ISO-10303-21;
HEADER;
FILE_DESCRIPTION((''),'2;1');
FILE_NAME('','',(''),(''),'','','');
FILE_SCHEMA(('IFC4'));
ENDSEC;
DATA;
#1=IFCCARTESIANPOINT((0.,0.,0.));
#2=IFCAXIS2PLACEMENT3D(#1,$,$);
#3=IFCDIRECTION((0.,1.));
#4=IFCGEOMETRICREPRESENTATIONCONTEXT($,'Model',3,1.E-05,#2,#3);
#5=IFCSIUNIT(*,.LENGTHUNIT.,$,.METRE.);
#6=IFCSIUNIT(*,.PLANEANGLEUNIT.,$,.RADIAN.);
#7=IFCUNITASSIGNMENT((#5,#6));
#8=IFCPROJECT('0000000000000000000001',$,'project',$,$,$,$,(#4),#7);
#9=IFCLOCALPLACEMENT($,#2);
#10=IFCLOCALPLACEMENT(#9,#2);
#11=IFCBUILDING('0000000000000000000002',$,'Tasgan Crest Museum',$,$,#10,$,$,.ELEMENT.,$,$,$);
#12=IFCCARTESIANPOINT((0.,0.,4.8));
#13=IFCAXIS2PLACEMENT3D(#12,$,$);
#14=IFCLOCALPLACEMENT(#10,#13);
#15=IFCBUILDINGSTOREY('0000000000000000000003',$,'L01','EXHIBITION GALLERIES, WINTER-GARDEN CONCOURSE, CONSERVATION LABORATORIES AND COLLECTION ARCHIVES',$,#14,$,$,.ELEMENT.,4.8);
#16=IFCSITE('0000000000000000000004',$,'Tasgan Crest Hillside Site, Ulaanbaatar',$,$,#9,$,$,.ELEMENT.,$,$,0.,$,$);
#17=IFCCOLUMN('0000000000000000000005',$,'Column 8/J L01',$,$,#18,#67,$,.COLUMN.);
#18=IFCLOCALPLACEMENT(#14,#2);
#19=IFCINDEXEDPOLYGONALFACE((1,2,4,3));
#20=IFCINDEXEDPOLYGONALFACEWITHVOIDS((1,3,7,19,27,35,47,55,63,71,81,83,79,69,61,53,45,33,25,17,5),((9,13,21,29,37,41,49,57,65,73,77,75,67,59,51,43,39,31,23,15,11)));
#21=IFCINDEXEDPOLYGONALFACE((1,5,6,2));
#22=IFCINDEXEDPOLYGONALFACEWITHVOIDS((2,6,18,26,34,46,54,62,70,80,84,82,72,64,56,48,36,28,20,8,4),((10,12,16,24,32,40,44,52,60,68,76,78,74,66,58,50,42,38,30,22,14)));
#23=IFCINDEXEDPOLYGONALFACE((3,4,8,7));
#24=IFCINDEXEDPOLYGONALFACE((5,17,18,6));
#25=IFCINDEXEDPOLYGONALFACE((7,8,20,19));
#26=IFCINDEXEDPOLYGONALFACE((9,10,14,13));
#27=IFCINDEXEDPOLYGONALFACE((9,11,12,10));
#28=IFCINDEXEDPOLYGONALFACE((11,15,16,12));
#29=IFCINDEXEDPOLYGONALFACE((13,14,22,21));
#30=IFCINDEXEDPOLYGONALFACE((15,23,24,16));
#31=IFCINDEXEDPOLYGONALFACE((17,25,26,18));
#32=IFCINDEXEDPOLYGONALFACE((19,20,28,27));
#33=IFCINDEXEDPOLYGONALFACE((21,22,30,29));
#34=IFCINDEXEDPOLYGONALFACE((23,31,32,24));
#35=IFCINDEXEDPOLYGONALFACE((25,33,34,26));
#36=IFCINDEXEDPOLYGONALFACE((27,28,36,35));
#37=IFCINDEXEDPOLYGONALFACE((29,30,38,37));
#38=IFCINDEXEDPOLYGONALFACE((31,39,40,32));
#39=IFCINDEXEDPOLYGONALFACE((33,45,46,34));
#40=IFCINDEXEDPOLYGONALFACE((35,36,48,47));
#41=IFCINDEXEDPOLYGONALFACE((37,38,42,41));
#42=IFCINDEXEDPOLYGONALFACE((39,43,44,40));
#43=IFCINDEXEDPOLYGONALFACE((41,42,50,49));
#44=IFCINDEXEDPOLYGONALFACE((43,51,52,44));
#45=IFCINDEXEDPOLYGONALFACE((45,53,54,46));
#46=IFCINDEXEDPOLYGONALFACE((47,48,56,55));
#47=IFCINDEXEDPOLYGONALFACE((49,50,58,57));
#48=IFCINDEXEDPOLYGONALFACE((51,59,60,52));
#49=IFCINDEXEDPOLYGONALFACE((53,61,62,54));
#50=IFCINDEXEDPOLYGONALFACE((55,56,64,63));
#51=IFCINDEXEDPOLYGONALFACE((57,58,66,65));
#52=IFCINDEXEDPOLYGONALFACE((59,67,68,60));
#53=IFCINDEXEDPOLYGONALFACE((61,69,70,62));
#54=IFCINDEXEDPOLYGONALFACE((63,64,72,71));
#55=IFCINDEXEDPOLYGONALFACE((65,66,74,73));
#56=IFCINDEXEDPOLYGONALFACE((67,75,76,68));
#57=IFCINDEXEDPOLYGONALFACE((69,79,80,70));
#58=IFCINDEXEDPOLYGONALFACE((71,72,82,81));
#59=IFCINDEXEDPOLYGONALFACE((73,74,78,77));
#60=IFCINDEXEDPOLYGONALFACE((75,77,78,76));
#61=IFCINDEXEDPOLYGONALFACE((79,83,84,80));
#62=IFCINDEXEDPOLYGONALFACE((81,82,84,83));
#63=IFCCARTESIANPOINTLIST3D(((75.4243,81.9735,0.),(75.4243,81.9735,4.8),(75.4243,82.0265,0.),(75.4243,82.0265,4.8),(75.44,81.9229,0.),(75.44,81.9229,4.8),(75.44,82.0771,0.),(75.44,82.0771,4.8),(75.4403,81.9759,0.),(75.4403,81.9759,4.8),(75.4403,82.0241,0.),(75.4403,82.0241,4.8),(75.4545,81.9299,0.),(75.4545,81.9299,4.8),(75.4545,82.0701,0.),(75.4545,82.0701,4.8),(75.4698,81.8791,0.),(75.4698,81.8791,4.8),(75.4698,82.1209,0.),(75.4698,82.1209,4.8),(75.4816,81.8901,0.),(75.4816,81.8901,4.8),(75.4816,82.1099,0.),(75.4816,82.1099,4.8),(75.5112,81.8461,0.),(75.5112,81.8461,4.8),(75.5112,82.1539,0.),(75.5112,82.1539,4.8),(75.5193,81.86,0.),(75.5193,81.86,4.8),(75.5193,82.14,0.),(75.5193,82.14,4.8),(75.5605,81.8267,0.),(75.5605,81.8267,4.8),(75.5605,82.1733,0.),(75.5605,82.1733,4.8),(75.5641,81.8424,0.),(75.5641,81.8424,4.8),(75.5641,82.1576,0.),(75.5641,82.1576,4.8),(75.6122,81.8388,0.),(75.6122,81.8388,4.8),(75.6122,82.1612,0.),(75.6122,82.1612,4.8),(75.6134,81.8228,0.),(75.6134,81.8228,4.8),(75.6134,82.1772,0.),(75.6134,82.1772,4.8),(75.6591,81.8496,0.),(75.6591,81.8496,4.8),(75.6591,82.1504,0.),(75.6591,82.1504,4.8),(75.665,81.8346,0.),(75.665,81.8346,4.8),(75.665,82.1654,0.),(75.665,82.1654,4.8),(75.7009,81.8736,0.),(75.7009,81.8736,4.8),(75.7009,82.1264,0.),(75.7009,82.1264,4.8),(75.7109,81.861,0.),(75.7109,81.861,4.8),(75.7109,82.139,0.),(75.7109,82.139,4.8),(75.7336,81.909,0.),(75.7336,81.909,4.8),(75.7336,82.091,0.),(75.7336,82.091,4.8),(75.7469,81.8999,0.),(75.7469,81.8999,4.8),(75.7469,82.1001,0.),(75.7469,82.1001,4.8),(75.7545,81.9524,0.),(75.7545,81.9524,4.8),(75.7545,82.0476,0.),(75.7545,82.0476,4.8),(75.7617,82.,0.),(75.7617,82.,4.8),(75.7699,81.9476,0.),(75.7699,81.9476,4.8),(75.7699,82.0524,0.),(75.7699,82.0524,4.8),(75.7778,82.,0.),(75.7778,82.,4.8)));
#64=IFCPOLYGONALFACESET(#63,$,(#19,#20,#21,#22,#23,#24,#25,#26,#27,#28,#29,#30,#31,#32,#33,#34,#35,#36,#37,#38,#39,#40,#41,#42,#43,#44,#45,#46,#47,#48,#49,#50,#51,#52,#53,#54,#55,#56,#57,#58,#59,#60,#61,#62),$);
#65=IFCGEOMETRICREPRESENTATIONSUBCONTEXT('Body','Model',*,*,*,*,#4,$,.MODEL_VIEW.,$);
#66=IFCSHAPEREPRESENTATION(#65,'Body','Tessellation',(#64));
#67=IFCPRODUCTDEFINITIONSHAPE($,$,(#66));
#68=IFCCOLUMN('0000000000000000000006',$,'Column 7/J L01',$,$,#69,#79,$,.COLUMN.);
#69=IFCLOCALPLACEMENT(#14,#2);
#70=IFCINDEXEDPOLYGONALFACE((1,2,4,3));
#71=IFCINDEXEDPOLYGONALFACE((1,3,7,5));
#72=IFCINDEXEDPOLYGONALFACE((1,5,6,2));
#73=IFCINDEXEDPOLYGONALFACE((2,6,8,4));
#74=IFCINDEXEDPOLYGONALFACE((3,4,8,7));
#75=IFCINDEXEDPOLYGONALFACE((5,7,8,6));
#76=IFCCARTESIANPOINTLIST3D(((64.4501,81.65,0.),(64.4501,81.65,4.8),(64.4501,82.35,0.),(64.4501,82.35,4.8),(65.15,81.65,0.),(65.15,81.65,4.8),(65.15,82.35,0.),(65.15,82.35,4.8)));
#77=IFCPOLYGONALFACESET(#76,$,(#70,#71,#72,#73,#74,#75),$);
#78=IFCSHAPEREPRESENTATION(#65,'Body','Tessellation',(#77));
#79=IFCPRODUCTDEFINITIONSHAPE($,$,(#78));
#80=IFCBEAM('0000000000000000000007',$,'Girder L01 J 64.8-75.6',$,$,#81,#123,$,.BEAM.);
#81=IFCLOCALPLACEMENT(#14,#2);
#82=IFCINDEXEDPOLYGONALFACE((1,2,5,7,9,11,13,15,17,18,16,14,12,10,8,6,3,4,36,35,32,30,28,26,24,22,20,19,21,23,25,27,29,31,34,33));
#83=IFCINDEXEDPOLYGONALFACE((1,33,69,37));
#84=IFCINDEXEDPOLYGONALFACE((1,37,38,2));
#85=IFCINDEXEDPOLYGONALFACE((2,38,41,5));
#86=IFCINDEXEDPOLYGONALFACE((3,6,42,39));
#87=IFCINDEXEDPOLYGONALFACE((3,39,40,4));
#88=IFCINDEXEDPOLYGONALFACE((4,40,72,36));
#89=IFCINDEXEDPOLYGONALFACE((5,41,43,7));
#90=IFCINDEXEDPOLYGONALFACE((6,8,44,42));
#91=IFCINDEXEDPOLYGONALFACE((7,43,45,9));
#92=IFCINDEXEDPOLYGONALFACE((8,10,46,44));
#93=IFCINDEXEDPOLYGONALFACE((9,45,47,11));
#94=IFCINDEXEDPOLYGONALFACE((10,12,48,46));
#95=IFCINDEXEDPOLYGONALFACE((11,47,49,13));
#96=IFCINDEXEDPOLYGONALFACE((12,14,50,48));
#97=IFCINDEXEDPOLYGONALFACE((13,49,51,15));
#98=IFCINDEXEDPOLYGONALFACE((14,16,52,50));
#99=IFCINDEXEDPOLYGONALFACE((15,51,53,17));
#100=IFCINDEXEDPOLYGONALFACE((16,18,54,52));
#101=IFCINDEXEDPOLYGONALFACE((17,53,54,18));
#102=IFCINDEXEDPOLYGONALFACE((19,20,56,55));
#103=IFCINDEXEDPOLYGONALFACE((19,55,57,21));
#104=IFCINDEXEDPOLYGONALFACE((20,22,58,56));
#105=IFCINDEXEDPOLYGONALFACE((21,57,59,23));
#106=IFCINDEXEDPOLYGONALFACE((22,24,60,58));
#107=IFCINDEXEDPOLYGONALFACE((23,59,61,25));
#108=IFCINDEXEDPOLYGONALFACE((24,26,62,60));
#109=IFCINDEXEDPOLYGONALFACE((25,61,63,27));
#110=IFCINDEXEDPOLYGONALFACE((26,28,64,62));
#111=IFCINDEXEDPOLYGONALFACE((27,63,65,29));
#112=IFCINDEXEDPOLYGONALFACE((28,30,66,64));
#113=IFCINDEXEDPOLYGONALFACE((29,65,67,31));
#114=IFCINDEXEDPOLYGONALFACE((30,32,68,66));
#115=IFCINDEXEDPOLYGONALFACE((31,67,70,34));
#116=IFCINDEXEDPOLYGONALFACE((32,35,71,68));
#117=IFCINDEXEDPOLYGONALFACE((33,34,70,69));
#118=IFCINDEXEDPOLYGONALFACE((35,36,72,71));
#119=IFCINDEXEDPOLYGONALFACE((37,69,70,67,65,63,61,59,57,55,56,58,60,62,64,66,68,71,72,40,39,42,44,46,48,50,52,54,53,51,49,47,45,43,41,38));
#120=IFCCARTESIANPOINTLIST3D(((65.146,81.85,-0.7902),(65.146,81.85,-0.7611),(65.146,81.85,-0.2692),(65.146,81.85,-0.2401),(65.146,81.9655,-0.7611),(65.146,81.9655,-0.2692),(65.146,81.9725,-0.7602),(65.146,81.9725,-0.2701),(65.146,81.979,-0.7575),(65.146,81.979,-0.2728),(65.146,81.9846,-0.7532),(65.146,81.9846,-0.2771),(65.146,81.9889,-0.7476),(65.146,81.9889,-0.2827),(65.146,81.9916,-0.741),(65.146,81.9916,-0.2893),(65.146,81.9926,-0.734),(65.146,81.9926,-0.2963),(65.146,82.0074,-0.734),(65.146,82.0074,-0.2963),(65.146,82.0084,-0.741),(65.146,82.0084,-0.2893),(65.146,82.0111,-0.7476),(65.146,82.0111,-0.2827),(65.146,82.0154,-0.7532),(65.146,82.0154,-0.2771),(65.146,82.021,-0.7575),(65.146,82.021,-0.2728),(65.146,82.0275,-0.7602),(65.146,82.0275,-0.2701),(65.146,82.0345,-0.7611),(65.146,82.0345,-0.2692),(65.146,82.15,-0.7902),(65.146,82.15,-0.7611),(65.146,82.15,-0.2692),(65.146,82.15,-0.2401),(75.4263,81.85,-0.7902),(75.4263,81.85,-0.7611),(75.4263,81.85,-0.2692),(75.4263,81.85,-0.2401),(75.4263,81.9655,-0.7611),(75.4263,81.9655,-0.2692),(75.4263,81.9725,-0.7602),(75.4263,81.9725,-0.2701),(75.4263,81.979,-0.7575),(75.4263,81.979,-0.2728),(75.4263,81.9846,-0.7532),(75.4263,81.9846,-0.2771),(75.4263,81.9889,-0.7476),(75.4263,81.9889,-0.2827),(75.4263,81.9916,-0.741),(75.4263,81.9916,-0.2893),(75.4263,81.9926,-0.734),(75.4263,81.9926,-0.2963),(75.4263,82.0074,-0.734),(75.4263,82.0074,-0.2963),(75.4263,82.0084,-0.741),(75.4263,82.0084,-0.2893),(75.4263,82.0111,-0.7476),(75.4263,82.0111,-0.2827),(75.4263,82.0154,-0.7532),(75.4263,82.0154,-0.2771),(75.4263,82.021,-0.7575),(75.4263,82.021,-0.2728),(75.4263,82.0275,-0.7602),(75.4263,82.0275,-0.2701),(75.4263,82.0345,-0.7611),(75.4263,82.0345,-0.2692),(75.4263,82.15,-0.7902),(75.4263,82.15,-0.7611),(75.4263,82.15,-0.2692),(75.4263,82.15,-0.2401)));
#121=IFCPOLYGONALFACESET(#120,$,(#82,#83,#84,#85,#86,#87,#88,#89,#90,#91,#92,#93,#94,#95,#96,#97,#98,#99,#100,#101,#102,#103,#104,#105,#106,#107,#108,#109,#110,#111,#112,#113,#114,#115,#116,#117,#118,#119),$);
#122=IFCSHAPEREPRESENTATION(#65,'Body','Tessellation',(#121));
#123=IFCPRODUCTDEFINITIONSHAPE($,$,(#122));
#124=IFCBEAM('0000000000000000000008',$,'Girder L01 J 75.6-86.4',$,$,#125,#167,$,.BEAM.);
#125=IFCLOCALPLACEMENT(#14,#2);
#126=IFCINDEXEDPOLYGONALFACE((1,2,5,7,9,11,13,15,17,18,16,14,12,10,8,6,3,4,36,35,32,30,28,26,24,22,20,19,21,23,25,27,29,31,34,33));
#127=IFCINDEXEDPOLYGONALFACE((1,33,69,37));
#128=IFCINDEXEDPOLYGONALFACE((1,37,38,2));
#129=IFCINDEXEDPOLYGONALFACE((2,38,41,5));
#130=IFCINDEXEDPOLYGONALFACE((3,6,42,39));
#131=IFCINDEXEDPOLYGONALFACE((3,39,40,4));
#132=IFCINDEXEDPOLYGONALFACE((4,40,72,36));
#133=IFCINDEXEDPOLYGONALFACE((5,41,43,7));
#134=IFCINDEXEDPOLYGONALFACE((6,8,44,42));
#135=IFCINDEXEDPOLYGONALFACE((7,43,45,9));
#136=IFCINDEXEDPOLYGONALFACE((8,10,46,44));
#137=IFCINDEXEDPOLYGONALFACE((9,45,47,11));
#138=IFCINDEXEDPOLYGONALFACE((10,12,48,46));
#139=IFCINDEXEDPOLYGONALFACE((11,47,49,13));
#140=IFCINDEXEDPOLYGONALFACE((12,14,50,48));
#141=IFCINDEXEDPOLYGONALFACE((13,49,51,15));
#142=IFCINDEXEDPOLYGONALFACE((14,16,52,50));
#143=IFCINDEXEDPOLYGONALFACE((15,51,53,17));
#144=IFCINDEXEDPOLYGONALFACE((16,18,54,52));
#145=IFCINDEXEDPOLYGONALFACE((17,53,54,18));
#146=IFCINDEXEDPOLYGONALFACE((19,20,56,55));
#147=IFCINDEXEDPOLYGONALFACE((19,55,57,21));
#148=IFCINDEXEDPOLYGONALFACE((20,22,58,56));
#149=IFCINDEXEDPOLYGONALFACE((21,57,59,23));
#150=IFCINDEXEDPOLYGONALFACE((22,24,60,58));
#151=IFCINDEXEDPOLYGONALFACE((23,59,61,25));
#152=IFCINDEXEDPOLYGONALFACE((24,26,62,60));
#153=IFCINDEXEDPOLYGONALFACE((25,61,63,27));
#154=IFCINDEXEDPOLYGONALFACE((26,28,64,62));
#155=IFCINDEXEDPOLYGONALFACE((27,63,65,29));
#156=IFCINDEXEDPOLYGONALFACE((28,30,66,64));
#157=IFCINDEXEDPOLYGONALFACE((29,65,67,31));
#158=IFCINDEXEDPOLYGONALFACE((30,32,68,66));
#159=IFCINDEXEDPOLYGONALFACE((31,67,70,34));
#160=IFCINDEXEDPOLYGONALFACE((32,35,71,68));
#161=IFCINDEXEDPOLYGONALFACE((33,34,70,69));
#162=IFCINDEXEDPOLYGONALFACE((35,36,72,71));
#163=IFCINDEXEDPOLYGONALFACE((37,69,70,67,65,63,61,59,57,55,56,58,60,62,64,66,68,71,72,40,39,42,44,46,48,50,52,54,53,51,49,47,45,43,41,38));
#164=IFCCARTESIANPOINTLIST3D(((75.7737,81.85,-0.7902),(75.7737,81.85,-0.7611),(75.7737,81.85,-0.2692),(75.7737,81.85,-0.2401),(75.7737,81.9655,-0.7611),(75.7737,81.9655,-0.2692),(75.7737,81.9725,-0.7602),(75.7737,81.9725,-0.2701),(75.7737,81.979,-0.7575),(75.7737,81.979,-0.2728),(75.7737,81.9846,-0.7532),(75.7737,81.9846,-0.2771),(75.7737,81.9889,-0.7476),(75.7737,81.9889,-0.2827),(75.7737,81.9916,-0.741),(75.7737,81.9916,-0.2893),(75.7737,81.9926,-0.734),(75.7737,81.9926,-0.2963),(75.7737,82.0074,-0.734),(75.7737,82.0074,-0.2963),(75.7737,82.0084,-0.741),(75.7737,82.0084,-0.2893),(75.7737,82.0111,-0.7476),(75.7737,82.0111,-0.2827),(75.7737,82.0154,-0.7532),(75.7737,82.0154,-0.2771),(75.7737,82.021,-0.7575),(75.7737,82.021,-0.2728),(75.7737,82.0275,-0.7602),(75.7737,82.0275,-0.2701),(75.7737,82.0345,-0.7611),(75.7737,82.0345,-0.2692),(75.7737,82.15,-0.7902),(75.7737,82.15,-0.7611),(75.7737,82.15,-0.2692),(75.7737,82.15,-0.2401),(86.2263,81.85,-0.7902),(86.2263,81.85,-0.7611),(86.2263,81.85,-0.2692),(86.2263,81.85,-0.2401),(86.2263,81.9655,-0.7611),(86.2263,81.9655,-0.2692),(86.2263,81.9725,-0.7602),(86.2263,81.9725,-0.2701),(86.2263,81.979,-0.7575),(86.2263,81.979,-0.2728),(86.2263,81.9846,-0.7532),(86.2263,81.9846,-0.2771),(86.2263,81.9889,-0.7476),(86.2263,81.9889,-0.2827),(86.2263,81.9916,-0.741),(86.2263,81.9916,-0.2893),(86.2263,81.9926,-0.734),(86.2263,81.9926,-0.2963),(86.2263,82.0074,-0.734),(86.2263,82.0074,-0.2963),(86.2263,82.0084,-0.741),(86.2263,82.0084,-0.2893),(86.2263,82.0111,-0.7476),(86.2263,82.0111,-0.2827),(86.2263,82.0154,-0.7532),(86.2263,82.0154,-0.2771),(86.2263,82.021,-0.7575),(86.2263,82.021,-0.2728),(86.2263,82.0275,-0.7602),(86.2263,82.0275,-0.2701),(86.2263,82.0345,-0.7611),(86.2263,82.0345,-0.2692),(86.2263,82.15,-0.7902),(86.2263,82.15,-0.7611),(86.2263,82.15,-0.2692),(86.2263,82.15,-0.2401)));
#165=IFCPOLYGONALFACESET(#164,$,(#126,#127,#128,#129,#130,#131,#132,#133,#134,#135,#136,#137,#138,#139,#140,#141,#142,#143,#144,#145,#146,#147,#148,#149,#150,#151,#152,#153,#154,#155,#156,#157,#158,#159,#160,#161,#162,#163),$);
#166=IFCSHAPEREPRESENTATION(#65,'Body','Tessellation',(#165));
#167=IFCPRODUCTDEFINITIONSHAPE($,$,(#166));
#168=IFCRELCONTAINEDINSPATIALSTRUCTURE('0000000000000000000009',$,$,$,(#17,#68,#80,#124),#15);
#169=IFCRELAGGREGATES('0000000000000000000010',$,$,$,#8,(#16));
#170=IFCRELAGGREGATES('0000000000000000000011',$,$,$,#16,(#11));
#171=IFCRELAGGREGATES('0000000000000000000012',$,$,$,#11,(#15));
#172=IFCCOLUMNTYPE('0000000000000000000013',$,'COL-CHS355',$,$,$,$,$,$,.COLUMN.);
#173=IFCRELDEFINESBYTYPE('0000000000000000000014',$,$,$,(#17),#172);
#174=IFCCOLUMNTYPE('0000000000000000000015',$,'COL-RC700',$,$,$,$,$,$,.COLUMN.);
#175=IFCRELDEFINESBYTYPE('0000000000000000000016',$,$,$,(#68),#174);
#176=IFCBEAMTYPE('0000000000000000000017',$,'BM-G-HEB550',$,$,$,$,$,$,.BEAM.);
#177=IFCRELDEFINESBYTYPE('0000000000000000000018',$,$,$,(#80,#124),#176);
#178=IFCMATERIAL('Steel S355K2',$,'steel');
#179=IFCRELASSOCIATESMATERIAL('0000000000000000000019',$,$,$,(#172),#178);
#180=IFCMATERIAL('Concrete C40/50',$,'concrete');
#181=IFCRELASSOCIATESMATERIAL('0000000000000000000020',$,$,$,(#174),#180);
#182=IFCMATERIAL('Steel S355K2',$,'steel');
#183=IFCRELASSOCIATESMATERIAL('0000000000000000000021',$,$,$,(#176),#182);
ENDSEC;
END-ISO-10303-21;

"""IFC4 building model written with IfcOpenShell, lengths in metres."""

from ifc_helpers import new_model, si_unit, direction, frame, origin, origin_2d, place, context, subcontext, project, spatial, rectangle, hollow_circle, i_section, extrude, material, material_profile, profile_set, type_object, element, save


model = new_model("IFC4")

# Units and contexts
model_context = context("Model", 3, precision=1e-05, world=origin(), true_north=direction((0.0, 1.0)))
body_context = subcontext(model_context, "Body", "Model", "MODEL_VIEW")
ifc_project = project(units=[si_unit("LENGTHUNIT", "METRE"), si_unit("PLANEANGLEUNIT", "RADIAN")], contexts=[model_context])

# Site, building, storey
site_placement = place(None, origin())
site = spatial("IfcSite", under=ifc_project, at=site_placement, Name="Tasgan Crest Hillside Site, Ulaanbaatar", CompositionType="ELEMENT", RefElevation=0.0)
building_placement = place(site_placement, origin())
building = spatial("IfcBuilding", under=site, at=building_placement, Name="Tasgan Crest Museum", CompositionType="ELEMENT")
storey_placement = place(building_placement, frame((0.0, 0.0, 4.8)))
storey = spatial("IfcBuildingStorey", under=building, at=storey_placement, Name="L01", Description="EXHIBITION GALLERIES, WINTER-GARDEN CONCOURSE, CONSERVATION LABORATORIES AND COLLECTION ARCHIVES", CompositionType="ELEMENT", Elevation=4.8)

# Columns
ifc_material_1 = material(Name="Steel S355K2", Category="steel")
ifc_material_profile_1 = material_profile(ifc_material_1, hollow_circle(Radius=0.1777, WallThickness=0.0161, at=origin_2d()), Name="CHS 355.6x16")
ifc_profile_set_1 = profile_set([ifc_material_profile_1], Name="Steel S355K2")
column_type_1 = type_object("IfcColumnType", Name="COL-CHS355", PredefinedType="COLUMN", material=ifc_profile_set_1)
column_1_placement = place(storey_placement, frame((75.6001, 82.0, 0.0), z_axis=(0.0, 0.0, 1.0), x_axis=(1.0, 0.0, 0.0)))
element("IfcColumn", 1, at=column_1_placement, inside=storey, type_object=column_type_1, Name="Column 8/J L01", PredefinedType="COLUMN", context=body_context, shape_type="SweptSolid", body=[
    extrude(hollow_circle(Radius=0.1777, WallThickness=0.0161, at=origin_2d()), origin(), (0.0, 0.0, 1.0), 4.8),
])
ifc_material_2 = material(Name="Concrete C40/50", Category="concrete")
ifc_material_profile_2 = material_profile(ifc_material_2, rectangle(XDim=0.7, YDim=0.7, at=origin_2d()), Name="RC 700x700")
ifc_profile_set_2 = profile_set([ifc_material_profile_2], Name="Concrete C40/50")
column_type_2 = type_object("IfcColumnType", Name="COL-RC700", PredefinedType="COLUMN", material=ifc_profile_set_2)
column_2_placement = place(storey_placement, frame((64.8, 82.0, 0.0), z_axis=(0.0, 0.0, 1.0), x_axis=(1.0, 0.0, 0.0)))
element("IfcColumn", 2, at=column_2_placement, inside=storey, type_object=column_type_2, Name="Column 7/J L01", PredefinedType="COLUMN", context=body_context, shape_type="SweptSolid", body=[
    extrude(rectangle(XDim=0.7, YDim=0.7, at=origin_2d()), origin(), (0.0, 0.0, 1.0), 4.8),
])

# Beams
ifc_material_3 = material(Name="Steel S355K2", Category="steel")
ifc_material_profile_3 = material_profile(ifc_material_3, i_section(OverallWidth=0.3, OverallDepth=0.55, WebThickness=0.0149, FlangeThickness=0.0291, FilletRadius=0.0271, at=origin_2d()), Name="HEB 550")
ifc_profile_set_3 = profile_set([ifc_material_profile_3], Name="Steel S355K2")
beam_type_1 = type_object("IfcBeamType", Name="BM-G-HEB550", PredefinedType="BEAM", material=ifc_profile_set_3)
beam_1_placement = place(storey_placement, frame((65.146, 82.0, -0.5151), z_axis=(1.0, 0.0, 0.0), x_axis=(0.0, 1.0, 0.0)))
element("IfcBeam", 3, at=beam_1_placement, inside=storey, type_object=beam_type_1, Name="Girder L01 J 64.8-75.6", PredefinedType="BEAM", context=body_context, shape_type="SweptSolid", body=[
    extrude(i_section(OverallWidth=0.3, OverallDepth=0.55, WebThickness=0.0149, FlangeThickness=0.0291, FilletRadius=0.0271, at=origin_2d()), origin(), (0.0, 0.0, 1.0), 10.2803),
])
beam_2_placement = place(storey_placement, frame((75.7737, 82.0, -0.5151), z_axis=(1.0, 0.0, 0.0), x_axis=(0.0, 1.0, 0.0)))
element("IfcBeam", 4, at=beam_2_placement, inside=storey, type_object=beam_type_1, Name="Girder L01 J 75.6-86.4", PredefinedType="BEAM", context=body_context, shape_type="SweptSolid", body=[
    extrude(i_section(OverallWidth=0.3, OverallDepth=0.55, WebThickness=0.0149, FlangeThickness=0.0291, FilletRadius=0.0271, at=origin_2d()), origin(), (0.0, 0.0, 1.0), 10.4526),
])

save(model, "model.ifc")
